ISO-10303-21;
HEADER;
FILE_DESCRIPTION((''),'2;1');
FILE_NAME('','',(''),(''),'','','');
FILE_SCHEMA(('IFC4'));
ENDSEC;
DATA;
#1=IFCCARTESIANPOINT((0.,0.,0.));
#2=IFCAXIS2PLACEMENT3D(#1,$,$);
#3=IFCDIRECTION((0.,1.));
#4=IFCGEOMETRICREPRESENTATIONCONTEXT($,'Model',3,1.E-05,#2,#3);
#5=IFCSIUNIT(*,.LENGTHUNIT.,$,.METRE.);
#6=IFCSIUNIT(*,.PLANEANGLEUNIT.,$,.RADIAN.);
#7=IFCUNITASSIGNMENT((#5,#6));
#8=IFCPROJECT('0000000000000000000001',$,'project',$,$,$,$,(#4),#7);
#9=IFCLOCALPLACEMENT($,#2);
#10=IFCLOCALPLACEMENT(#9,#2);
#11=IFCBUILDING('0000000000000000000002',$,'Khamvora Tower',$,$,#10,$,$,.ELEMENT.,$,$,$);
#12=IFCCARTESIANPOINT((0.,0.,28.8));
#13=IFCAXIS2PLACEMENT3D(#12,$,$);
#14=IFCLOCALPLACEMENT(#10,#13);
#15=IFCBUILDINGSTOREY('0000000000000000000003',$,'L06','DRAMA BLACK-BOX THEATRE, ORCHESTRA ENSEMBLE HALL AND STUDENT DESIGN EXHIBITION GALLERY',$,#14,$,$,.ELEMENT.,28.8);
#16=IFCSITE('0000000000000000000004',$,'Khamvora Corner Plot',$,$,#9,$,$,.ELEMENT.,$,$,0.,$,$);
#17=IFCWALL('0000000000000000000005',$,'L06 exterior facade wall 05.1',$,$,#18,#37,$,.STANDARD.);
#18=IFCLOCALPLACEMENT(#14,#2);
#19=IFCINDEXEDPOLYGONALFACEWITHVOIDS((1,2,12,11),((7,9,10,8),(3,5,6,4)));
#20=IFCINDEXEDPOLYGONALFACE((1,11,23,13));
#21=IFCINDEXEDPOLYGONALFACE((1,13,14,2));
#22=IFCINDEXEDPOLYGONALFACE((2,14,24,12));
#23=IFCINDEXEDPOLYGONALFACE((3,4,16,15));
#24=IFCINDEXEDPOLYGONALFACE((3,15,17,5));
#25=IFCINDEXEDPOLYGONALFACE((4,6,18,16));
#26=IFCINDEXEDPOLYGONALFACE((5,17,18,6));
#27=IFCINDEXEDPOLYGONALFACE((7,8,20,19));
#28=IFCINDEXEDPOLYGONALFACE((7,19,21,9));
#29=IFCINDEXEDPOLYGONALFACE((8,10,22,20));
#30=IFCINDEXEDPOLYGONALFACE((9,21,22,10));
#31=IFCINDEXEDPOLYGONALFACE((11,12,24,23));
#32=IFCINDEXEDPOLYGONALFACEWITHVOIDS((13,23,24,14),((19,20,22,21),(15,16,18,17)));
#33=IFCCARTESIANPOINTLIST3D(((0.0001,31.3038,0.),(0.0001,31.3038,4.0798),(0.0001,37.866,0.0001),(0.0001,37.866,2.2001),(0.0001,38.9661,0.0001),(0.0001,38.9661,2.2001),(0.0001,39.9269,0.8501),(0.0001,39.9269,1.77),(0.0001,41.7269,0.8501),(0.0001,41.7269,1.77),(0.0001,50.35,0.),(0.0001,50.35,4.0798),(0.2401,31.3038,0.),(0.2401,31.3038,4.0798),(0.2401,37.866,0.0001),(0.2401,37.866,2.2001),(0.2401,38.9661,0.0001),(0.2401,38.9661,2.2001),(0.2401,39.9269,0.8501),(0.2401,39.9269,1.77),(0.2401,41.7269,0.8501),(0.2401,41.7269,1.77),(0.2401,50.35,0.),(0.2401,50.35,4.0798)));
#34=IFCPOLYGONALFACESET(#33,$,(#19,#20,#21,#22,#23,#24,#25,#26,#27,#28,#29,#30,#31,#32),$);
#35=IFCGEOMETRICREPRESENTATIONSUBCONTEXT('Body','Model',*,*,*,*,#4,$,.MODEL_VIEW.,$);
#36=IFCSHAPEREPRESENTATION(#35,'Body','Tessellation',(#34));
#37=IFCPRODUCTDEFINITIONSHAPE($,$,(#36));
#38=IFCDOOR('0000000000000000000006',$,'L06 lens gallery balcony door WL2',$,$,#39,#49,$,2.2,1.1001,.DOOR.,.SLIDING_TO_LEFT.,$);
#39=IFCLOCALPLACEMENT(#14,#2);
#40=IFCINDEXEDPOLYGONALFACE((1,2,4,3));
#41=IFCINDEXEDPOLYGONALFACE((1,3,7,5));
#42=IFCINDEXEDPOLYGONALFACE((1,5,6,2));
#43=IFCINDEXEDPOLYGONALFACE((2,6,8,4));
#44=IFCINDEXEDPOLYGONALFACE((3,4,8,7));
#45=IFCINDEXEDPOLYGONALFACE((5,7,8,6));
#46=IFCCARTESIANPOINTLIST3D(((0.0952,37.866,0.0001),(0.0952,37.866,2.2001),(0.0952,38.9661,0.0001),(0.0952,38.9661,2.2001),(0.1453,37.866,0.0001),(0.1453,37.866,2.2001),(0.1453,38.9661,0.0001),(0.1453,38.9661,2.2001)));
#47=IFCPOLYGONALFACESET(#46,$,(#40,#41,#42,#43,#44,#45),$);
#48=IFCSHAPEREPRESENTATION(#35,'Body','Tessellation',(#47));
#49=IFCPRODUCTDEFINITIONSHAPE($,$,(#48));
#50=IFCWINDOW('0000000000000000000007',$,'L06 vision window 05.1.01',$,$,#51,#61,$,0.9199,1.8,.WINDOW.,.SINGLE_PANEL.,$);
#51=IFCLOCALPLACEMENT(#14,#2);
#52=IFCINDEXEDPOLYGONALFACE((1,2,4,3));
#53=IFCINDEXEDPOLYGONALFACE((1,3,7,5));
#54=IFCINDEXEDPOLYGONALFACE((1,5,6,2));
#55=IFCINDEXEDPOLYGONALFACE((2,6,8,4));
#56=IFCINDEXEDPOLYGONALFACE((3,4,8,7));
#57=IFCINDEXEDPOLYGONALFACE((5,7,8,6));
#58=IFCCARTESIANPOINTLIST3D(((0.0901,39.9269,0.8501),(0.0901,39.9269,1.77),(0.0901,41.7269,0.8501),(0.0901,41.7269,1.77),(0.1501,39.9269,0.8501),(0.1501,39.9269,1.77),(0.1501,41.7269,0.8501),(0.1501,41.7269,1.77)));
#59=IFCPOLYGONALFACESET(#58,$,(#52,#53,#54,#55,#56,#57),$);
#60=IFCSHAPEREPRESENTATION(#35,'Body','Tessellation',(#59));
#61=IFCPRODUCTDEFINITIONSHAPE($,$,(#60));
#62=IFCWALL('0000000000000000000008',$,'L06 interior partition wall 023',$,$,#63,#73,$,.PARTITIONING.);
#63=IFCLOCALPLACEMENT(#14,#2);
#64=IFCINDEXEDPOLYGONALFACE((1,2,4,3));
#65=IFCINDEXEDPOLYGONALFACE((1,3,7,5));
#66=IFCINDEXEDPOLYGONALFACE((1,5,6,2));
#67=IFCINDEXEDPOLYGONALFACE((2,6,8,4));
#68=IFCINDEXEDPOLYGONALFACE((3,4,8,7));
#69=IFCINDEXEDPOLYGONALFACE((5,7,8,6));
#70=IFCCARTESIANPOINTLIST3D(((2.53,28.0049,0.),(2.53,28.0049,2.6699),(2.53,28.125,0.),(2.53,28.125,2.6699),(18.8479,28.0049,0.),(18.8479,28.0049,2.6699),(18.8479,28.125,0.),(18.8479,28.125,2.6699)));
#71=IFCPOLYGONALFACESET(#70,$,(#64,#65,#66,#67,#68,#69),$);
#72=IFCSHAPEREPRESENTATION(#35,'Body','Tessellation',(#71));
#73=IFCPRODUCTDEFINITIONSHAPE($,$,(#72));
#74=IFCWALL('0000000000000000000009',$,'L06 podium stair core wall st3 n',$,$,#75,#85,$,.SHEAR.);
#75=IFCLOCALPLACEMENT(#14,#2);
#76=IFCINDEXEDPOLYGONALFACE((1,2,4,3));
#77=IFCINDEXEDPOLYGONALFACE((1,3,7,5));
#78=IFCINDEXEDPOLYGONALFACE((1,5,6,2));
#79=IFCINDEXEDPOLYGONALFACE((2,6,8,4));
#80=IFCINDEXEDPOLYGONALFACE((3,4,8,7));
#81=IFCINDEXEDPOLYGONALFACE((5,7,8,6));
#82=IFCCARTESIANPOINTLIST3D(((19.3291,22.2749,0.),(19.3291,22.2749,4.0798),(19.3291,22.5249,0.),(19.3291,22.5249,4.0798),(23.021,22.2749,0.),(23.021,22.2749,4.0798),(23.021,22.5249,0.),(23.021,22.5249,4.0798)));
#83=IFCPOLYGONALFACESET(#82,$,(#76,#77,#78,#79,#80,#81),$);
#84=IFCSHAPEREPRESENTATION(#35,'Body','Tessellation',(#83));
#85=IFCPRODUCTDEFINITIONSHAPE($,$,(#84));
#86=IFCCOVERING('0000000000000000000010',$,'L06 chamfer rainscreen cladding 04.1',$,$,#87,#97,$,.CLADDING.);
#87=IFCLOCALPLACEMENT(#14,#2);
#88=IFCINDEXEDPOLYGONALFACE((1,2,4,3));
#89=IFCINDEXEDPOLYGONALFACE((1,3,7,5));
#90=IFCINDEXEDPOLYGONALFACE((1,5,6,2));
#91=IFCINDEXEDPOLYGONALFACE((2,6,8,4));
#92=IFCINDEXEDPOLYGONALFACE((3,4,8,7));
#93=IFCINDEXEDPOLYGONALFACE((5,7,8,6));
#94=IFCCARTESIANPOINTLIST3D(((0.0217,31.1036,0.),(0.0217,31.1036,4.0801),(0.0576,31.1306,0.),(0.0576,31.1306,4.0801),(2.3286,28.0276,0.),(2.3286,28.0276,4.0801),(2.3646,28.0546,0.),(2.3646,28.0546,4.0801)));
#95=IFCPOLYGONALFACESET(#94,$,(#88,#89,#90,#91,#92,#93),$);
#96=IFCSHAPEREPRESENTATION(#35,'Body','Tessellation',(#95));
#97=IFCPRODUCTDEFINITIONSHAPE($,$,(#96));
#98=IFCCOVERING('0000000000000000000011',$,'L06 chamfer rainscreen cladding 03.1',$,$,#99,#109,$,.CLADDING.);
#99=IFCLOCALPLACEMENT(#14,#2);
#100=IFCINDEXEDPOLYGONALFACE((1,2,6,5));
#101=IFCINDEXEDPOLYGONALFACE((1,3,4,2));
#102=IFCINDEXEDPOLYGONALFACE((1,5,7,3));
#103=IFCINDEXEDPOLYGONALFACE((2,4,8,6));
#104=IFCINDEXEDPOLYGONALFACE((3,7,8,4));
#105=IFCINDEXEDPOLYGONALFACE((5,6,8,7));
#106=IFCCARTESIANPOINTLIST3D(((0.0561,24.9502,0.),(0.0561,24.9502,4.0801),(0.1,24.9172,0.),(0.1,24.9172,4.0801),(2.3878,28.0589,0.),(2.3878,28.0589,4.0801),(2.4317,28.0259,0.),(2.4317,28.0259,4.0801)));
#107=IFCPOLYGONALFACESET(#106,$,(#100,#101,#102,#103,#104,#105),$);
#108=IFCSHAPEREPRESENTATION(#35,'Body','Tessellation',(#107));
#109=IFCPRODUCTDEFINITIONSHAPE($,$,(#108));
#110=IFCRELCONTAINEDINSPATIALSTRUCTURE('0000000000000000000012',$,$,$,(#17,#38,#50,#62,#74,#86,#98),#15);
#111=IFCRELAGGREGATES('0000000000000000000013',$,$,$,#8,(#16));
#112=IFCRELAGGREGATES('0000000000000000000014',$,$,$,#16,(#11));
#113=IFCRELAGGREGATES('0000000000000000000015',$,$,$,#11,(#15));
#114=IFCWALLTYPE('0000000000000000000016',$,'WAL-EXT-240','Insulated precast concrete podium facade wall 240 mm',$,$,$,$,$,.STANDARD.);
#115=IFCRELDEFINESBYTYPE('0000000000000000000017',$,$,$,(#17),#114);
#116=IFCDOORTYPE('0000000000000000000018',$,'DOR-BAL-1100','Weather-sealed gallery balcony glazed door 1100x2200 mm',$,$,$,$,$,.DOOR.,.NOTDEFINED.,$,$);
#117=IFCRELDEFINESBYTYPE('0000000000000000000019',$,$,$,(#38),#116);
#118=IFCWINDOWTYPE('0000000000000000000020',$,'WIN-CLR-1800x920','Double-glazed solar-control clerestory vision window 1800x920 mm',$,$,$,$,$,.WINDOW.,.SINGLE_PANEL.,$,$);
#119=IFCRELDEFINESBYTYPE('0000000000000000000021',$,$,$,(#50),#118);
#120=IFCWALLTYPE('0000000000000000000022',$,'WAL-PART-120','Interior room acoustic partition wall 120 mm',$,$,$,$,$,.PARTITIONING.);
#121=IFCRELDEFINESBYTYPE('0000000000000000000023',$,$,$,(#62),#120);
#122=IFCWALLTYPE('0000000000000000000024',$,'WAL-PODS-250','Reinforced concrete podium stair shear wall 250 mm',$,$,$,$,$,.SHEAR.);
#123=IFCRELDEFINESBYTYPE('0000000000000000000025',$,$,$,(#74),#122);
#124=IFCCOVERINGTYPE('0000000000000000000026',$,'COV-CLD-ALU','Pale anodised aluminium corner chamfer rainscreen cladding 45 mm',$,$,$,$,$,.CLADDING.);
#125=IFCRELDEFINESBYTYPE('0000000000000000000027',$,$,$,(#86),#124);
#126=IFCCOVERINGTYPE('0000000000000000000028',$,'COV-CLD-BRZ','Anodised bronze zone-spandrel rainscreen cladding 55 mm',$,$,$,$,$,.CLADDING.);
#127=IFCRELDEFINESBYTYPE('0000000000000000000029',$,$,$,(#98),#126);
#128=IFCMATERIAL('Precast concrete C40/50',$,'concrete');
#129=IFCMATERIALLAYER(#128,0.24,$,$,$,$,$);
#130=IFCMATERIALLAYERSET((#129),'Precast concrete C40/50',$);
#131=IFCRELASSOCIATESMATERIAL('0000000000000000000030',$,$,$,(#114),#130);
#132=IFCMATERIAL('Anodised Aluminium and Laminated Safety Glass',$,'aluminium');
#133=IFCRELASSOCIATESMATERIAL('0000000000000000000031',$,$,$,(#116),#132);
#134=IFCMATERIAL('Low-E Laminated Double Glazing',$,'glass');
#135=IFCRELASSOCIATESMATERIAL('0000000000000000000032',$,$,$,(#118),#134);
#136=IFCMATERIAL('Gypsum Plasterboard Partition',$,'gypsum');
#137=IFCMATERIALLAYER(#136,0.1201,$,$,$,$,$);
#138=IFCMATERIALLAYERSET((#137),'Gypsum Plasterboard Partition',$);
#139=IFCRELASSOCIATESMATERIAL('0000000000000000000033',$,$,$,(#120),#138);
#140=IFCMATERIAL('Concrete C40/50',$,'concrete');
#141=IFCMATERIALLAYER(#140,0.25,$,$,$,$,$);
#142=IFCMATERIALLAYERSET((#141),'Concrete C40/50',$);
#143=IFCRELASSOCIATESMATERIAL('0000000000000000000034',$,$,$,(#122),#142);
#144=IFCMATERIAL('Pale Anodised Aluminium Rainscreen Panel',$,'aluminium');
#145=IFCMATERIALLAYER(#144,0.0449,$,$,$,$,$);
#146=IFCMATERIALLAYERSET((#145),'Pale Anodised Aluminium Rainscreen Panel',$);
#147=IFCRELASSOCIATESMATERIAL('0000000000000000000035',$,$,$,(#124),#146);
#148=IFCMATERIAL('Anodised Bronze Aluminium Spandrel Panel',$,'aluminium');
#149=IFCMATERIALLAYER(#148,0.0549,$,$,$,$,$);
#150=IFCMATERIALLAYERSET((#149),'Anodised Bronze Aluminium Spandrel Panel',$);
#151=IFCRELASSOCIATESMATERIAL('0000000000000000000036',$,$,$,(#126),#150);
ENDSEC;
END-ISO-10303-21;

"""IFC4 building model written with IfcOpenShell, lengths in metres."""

from ifc_helpers import new_model, si_unit, direction, frame, frame_2d, origin, origin_2d, place, context, subcontext, project, spatial, rectangle, extrude, material, layer, layer_set, type_object, element, fill, save


model = new_model("IFC4")

# Units and contexts
model_context = context("Model", 3, precision=1e-05, world=origin(), true_north=direction((0.0, 1.0)))
body_context = subcontext(model_context, "Body", "Model", "MODEL_VIEW")
ifc_project = project(units=[si_unit("LENGTHUNIT", "METRE"), si_unit("PLANEANGLEUNIT", "RADIAN")], contexts=[model_context])

# Site, building, storey
site_placement = place(None, origin())
site = spatial("IfcSite", under=ifc_project, at=site_placement, Name="Khamvora Corner Plot", CompositionType="ELEMENT", RefElevation=0.0)
building_placement = place(site_placement, origin())
building = spatial("IfcBuilding", under=site, at=building_placement, Name="Khamvora Tower", CompositionType="ELEMENT")
storey_placement = place(building_placement, frame((0.0, 0.0, 28.8)))
storey = spatial("IfcBuildingStorey", under=building, at=storey_placement, Name="L06", Description="DRAMA BLACK-BOX THEATRE, ORCHESTRA ENSEMBLE HALL AND STUDENT DESIGN EXHIBITION GALLERY", CompositionType="ELEMENT", Elevation=28.8)

# Shared definitions
ifc_material_1 = material(Name="Precast concrete C40/50", Category="concrete")
ifc_layer_1 = layer(ifc_material_1, 0.24)
ifc_layer_set_1 = layer_set([ifc_layer_1], Name="Precast concrete C40/50")
wall_type_1 = type_object("IfcWallType", Name="WAL-EXT-240", Description="Insulated precast concrete podium facade wall 240 mm", PredefinedType="STANDARD", material=ifc_layer_set_1)

# Wall, openings, door, window
wall_1_placement = place(storey_placement, frame((0.1201, 31.304, 0.0), z_axis=(0.0, 0.0, 1.0), x_axis=(0.0, 1.0, 0.0)))
wall_1 = element("IfcWall", 1, at=wall_1_placement, inside=storey, type_object=wall_type_1, Name="L06 exterior facade wall 05.1", PredefinedType="STANDARD", context=body_context, shape_type="SweptSolid", body=[
    extrude(rectangle(XDim=19.0461, YDim=0.24, at=frame_2d((9.5229, 0.0))), origin(), (0.0, 0.0, 1.0), 4.0798),
])
opening_1_placement = place(wall_1_placement, frame((6.562, 0.0, 0.0)))
opening_1 = element("IfcOpeningElement", 2, at=opening_1_placement, cuts=wall_1, PredefinedType="OPENING", context=body_context, shape_type="SweptSolid", body=[
    extrude(rectangle(XDim=1.1001, YDim=2.2, at=frame_2d((0.55, 1.1001))), frame((0.0, 0.1299, 0.0), z_axis=(0.0, -1.0, 0.0), x_axis=(1.0, 0.0, 0.0)), (0.0, 0.0, 1.0), 0.26),
])
opening_2_placement = place(wall_1_placement, frame((8.623, 0.0, 0.8501)))
opening_2 = element("IfcOpeningElement", 3, at=opening_2_placement, cuts=wall_1, PredefinedType="OPENING", context=body_context, shape_type="SweptSolid", body=[
    extrude(rectangle(XDim=1.8, YDim=0.9199, at=frame_2d((0.8999, 0.46))), frame((0.0, 0.1299, 0.0), z_axis=(0.0, -1.0, 0.0), x_axis=(1.0, 0.0, 0.0)), (0.0, 0.0, 1.0), 0.26),
])
ifc_material_2 = material(Name="Anodised Aluminium and Laminated Safety Glass", Category="aluminium")
door_type_1 = type_object("IfcDoorType", Name="DOR-BAL-1100", Description="Weather-sealed gallery balcony glazed door 1100x2200 mm", OperationType="NOTDEFINED", PredefinedType="DOOR", material=ifc_material_2)
door_1_placement = place(opening_1_placement, origin())
door_1 = element("IfcDoor", 4, at=door_1_placement, inside=storey, type_object=door_type_1, Name="L06 lens gallery balcony door WL2", OperationType="SLIDING_TO_LEFT", OverallHeight=2.2, OverallWidth=1.1001, PredefinedType="DOOR", context=body_context, shape_type="SweptSolid", body=[
    extrude(rectangle(XDim=1.1001, YDim=2.2, at=frame_2d((0.55, 1.1001))), frame((0.0, 0.0249, 0.0), z_axis=(0.0, -1.0, 0.0), x_axis=(1.0, 0.0, 0.0)), (0.0, 0.0, 1.0), 0.05),
])
fill(opening_1, door_1)
ifc_material_3 = material(Name="Low-E Laminated Double Glazing", Category="glass")
window_type = type_object("IfcWindowType", Name="WIN-CLR-1800x920", Description="Double-glazed solar-control clerestory vision window 1800x920 mm", PartitioningType="SINGLE_PANEL", PredefinedType="WINDOW", material=ifc_material_3)
window_placement = place(opening_2_placement, origin())
window = element("IfcWindow", 5, at=window_placement, inside=storey, type_object=window_type, Name="L06 vision window 05.1.01", OverallHeight=0.9199, OverallWidth=1.8, PartitioningType="SINGLE_PANEL", PredefinedType="WINDOW", context=body_context, shape_type="SweptSolid", body=[
    extrude(rectangle(XDim=1.8, YDim=0.9199, at=frame_2d((0.8999, 0.46))), frame((0.0, 0.03, 0.0), z_axis=(0.0, -1.0, 0.0), x_axis=(1.0, 0.0, 0.0)), (0.0, 0.0, 1.0), 0.0601),
])
fill(opening_2, window)

# Walls
ifc_material_4 = material(Name="Gypsum Plasterboard Partition", Category="gypsum")
ifc_layer_2 = layer(ifc_material_4, 0.1201)
ifc_layer_set_2 = layer_set([ifc_layer_2], Name="Gypsum Plasterboard Partition")
wall_type_2 = type_object("IfcWallType", Name="WAL-PART-120", Description="Interior room acoustic partition wall 120 mm", PredefinedType="PARTITIONING", material=ifc_layer_set_2)
wall_2_placement = place(storey_placement, frame((2.53, 28.0649, 0.0), z_axis=(0.0, 0.0, 1.0), x_axis=(1.0, 0.0, 0.0)))
element("IfcWall", 6, at=wall_2_placement, inside=storey, type_object=wall_type_2, Name="L06 interior partition wall 023", PredefinedType="PARTITIONING", context=body_context, shape_type="SweptSolid", body=[
    extrude(rectangle(XDim=16.3179, YDim=0.1201, at=frame_2d((8.1589, 0.0))), origin(), (0.0, 0.0, 1.0), 2.6699),
])
ifc_material_5 = material(Name="Concrete C40/50", Category="concrete")
ifc_layer_3 = layer(ifc_material_5, 0.25)
ifc_layer_set_3 = layer_set([ifc_layer_3], Name="Concrete C40/50")
wall_type_3 = type_object("IfcWallType", Name="WAL-PODS-250", Description="Reinforced concrete podium stair shear wall 250 mm", PredefinedType="SHEAR", material=ifc_layer_set_3)
wall_3_placement = place(storey_placement, frame((19.3291, 22.3999, 0.0), z_axis=(0.0, 0.0, 1.0), x_axis=(1.0, 0.0, 0.0)))
element("IfcWall", 7, at=wall_3_placement, inside=storey, type_object=wall_type_3, Name="L06 podium stair core wall st3 n", PredefinedType="SHEAR", context=body_context, shape_type="SweptSolid", body=[
    extrude(rectangle(XDim=3.6919, YDim=0.25, at=frame_2d((1.8459, 0.0))), origin(), (0.0, 0.0, 1.0), 4.0798),
])

# Coverings
ifc_material_6 = material(Name="Pale Anodised Aluminium Rainscreen Panel", Category="aluminium")
ifc_layer_4 = layer(ifc_material_6, 0.0449)
ifc_layer_set_4 = layer_set([ifc_layer_4], Name="Pale Anodised Aluminium Rainscreen Panel")
covering_type_1 = type_object("IfcCoveringType", Name="COV-CLD-ALU", Description="Pale anodised aluminium corner chamfer rainscreen cladding 45 mm", PredefinedType="CLADDING", material=ifc_layer_set_4)
covering_1_placement = place(storey_placement, frame((1.1931, 29.5791, 0.0), z_axis=(0.0, 0.0, 1.0), x_axis=(-0.6, 0.8, 0.0)))
element("IfcCovering", 8, at=covering_1_placement, inside=storey, type_object=covering_type_1, Name="L06 chamfer rainscreen cladding 04.1", PredefinedType="CLADDING", context=body_context, shape_type="SweptSolid", body=[
    extrude(rectangle(XDim=3.845, YDim=0.0449, at=origin_2d()), origin(), (0.0, 0.0, 1.0), 4.0801),
])
ifc_material_7 = material(Name="Anodised Bronze Aluminium Spandrel Panel", Category="aluminium")
ifc_layer_5 = layer(ifc_material_7, 0.0549)
ifc_layer_set_5 = layer_set([ifc_layer_5], Name="Anodised Bronze Aluminium Spandrel Panel")
covering_type_2 = type_object("IfcCoveringType", Name="COV-CLD-BRZ", Description="Anodised bronze zone-spandrel rainscreen cladding 55 mm", PredefinedType="CLADDING", material=ifc_layer_set_5)
covering_2_placement = place(storey_placement, frame((1.2439, 26.488, 0.0), z_axis=(0.0, 0.0, 1.0), x_axis=(0.60004, 0.79997, 0.0)))
element("IfcCovering", 9, at=covering_2_placement, inside=storey, type_object=covering_type_2, Name="L06 chamfer rainscreen cladding 03.1", PredefinedType="CLADDING", context=body_context, shape_type="SweptSolid", body=[
    extrude(rectangle(XDim=3.886, YDim=0.0549, at=origin_2d()), origin(), (0.0, 0.0, 1.0), 4.0801),
])

save(model, "model.ifc")
